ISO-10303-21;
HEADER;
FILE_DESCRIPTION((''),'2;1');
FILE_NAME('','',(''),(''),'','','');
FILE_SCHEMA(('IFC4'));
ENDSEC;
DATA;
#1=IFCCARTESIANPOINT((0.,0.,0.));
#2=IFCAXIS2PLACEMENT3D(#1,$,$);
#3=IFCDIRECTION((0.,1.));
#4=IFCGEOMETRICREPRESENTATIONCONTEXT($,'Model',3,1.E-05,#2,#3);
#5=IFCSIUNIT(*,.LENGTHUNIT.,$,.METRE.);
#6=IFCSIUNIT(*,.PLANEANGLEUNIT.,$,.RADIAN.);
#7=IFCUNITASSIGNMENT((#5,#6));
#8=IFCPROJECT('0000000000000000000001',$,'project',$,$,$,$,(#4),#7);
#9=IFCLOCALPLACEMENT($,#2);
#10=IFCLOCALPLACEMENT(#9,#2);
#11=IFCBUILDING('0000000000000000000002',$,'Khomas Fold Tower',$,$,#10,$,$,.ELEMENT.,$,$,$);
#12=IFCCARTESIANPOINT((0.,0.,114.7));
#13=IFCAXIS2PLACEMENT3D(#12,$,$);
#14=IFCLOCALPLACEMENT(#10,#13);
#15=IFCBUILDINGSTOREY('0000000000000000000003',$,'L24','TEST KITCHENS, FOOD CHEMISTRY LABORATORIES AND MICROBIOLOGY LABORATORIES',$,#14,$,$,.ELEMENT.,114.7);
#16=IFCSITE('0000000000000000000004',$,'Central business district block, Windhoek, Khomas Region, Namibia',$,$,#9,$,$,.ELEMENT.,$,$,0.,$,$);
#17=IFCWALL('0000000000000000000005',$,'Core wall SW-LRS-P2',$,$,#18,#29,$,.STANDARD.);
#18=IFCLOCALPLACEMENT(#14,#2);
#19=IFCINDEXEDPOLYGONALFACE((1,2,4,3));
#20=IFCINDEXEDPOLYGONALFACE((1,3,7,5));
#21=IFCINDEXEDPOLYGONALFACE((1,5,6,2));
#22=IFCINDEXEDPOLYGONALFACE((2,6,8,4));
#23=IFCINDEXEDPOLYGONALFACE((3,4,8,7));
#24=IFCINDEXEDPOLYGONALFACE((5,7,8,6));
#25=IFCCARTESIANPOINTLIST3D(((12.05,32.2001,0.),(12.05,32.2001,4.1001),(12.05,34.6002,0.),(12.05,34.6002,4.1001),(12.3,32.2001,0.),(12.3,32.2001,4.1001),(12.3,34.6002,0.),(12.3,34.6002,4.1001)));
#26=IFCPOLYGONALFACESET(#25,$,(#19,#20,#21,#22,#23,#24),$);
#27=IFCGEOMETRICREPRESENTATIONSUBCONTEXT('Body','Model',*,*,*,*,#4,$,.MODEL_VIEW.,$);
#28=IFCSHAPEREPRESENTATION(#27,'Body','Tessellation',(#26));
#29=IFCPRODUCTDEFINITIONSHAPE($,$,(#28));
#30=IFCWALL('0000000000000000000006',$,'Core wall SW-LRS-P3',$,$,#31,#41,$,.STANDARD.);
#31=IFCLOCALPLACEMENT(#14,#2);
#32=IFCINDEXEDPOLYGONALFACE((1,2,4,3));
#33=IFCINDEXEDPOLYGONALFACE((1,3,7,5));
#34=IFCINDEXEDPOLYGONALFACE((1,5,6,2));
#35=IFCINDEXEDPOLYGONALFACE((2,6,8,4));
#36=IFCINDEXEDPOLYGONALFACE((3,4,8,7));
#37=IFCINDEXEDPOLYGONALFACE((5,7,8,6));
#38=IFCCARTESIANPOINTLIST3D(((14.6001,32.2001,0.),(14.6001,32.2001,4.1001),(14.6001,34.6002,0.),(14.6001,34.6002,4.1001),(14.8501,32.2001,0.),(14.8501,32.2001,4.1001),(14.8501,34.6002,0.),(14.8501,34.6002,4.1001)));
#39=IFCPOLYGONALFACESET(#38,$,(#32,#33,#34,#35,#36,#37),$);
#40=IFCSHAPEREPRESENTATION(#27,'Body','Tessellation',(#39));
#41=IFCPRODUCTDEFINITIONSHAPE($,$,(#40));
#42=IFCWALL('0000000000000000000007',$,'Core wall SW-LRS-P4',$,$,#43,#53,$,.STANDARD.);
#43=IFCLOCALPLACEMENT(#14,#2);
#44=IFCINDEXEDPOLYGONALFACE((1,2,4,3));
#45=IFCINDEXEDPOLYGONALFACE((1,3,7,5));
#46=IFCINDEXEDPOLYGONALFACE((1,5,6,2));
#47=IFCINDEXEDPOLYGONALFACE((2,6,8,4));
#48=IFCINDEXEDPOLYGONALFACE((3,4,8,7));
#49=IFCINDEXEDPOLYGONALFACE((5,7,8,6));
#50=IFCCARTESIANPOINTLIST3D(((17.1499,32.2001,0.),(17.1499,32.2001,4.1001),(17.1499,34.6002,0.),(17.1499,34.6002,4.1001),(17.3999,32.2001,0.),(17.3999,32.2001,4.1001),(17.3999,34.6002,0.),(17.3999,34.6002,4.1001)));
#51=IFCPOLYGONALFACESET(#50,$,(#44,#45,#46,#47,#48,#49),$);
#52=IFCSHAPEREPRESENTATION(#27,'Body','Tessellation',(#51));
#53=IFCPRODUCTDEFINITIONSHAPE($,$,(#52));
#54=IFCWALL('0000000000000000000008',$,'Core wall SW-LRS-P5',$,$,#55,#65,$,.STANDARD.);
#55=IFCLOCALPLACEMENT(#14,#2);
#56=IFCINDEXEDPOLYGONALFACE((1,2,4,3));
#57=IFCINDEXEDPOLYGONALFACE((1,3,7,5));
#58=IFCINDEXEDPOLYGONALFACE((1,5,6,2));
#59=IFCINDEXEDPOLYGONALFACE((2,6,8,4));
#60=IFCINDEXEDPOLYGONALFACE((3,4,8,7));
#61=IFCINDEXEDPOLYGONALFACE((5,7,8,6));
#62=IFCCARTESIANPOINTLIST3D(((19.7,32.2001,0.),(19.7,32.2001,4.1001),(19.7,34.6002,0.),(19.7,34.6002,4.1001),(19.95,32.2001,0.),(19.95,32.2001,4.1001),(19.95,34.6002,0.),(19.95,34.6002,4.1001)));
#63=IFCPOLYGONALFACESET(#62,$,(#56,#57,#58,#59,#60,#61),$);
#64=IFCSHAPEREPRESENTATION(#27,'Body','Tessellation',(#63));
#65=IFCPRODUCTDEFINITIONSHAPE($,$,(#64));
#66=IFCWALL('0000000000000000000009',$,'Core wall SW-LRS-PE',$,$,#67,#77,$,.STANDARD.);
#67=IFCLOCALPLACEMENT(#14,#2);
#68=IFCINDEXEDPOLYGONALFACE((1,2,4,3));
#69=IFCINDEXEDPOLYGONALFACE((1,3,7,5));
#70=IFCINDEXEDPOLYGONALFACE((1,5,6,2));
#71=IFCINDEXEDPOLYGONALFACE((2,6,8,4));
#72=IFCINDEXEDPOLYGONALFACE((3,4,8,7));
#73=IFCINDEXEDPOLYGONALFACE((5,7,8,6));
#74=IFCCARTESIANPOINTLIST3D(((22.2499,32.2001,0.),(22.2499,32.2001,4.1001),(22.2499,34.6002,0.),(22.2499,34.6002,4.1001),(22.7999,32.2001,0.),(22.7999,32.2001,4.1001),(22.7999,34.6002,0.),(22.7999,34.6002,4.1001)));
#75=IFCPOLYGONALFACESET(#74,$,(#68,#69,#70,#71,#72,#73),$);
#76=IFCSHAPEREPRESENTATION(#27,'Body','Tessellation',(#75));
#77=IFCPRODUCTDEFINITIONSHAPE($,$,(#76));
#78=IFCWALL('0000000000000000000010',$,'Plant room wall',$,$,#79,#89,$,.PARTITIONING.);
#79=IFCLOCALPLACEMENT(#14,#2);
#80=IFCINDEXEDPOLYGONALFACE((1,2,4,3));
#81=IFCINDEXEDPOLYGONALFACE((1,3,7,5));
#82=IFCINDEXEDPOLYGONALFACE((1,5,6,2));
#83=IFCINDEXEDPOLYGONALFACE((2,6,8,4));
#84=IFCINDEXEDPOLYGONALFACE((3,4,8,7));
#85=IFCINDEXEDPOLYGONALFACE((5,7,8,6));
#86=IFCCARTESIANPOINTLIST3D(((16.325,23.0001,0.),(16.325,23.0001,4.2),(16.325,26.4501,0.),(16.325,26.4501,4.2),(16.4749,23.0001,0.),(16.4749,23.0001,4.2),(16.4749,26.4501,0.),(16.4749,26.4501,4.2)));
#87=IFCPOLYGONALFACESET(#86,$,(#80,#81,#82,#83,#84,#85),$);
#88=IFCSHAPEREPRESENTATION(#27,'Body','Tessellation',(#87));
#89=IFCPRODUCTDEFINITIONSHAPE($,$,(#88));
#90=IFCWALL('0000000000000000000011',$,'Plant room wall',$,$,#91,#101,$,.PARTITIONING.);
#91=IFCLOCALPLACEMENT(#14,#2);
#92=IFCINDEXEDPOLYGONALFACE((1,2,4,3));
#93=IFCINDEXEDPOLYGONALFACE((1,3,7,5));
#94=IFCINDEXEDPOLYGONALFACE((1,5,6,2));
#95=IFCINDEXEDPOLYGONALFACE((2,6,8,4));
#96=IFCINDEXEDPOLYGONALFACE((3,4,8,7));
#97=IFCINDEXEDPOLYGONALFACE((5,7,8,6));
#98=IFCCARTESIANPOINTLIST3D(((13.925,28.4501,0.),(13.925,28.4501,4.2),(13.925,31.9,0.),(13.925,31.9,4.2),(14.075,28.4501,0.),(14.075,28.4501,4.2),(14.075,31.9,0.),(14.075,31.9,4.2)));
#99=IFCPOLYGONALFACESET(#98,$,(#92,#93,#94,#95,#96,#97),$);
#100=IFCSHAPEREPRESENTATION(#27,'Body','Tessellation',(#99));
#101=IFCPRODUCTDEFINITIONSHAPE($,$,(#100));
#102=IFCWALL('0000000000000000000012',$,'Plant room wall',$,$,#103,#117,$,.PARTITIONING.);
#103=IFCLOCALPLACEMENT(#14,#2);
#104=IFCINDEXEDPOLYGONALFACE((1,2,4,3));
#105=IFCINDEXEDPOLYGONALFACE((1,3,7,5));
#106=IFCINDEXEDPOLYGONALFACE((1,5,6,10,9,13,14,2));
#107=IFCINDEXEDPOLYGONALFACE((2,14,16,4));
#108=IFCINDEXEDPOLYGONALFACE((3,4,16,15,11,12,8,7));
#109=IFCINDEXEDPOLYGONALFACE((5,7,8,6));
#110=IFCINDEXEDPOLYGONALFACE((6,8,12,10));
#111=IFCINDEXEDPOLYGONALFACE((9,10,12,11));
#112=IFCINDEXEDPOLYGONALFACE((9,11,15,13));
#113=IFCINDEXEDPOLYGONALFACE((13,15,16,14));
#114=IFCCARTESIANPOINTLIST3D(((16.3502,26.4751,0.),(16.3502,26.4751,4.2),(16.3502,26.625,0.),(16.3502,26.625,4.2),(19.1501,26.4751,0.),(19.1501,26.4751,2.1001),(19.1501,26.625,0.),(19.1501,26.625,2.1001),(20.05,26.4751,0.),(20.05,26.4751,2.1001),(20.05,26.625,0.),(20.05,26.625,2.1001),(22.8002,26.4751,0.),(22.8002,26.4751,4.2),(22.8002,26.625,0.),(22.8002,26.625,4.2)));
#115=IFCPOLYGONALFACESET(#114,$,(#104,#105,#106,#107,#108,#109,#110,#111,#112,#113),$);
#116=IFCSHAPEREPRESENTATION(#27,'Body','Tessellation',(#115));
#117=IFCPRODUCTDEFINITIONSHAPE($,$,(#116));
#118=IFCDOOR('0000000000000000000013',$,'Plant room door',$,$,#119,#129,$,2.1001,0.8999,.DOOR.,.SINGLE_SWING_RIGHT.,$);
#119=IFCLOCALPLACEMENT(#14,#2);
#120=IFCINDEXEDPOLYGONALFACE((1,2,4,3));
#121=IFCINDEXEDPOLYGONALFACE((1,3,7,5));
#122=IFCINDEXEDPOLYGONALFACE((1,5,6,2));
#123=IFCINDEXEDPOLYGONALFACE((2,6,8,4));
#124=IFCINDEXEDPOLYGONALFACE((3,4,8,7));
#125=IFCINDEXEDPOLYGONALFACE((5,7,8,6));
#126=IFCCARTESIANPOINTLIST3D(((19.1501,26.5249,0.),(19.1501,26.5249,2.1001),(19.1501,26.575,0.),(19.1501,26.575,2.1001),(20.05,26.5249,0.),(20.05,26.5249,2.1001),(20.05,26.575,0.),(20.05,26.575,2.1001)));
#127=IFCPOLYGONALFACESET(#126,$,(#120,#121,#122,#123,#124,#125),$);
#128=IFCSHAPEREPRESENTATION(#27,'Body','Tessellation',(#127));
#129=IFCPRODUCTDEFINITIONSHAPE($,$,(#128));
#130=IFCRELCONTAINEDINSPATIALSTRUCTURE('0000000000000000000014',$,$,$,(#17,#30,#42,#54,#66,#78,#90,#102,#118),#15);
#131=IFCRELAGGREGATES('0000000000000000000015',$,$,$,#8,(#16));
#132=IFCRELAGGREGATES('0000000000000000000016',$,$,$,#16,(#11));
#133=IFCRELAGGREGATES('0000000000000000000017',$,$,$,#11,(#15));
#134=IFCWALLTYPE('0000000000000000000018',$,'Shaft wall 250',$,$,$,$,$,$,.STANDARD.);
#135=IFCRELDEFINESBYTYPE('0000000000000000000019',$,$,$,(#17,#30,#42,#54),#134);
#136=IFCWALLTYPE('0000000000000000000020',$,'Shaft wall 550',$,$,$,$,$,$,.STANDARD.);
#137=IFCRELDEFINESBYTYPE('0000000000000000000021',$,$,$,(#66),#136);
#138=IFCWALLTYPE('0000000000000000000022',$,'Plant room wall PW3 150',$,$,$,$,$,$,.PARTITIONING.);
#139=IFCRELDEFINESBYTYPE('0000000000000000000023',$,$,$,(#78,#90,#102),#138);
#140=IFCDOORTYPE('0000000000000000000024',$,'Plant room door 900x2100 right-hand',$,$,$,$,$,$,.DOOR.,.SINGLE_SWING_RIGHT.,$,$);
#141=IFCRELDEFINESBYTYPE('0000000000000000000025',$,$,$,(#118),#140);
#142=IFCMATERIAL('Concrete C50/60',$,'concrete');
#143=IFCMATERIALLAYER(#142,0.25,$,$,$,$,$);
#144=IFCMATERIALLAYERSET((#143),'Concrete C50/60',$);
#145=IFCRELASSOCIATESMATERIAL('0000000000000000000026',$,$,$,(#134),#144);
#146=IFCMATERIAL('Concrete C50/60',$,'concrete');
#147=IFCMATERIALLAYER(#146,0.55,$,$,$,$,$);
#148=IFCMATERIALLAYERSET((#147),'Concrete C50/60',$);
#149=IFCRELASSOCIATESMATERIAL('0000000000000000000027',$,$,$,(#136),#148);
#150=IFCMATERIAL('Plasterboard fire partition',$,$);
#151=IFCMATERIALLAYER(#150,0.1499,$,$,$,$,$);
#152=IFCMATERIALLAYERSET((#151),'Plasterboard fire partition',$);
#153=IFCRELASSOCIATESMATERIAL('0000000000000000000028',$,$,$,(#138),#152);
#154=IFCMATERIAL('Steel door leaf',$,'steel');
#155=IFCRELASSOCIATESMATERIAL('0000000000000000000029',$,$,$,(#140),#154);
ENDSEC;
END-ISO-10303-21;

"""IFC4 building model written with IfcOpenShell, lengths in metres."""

from ifc_helpers import new_model, si_unit, direction, frame, frame_2d, origin, place, context, subcontext, project, spatial, rectangle, extrude, source, transform, mapped, material, layer, layer_set, type_object, element, fill, save


model = new_model("IFC4")

# Units and contexts
model_context = context("Model", 3, precision=1e-05, world=origin(), true_north=direction((0.0, 1.0)))
body_context = subcontext(model_context, "Body", "Model", "MODEL_VIEW")
ifc_project = project(units=[si_unit("LENGTHUNIT", "METRE"), si_unit("PLANEANGLEUNIT", "RADIAN")], contexts=[model_context])

# Site, building, storey
site_placement = place(None, origin())
site = spatial("IfcSite", under=ifc_project, at=site_placement, Name="Central business district block, Windhoek, Khomas Region, Namibia", CompositionType="ELEMENT", RefElevation=0.0)
building_placement = place(site_placement, origin())
building = spatial("IfcBuilding", under=site, at=building_placement, Name="Khomas Fold Tower", CompositionType="ELEMENT")
storey_placement = place(building_placement, frame((0.0, 0.0, 114.7)))
storey = spatial("IfcBuildingStorey", under=building, at=storey_placement, Name="L24", Description="TEST KITCHENS, FOOD CHEMISTRY LABORATORIES AND MICROBIOLOGY LABORATORIES", CompositionType="ELEMENT", Elevation=114.7)

# Walls
ifc_material_1 = material(Name="Concrete C50/60", Category="concrete")
ifc_layer_1 = layer(ifc_material_1, 0.25)
ifc_layer_set_1 = layer_set([ifc_layer_1], Name="Concrete C50/60")
wall_type_1 = type_object("IfcWallType", Name="Shaft wall 250", PredefinedType="STANDARD", material=ifc_layer_set_1)
shared_shape_1 = source(origin(), body_context, "Body", "SweptSolid", [
    extrude(rectangle(XDim=2.4001, YDim=0.25, at=frame_2d((1.2002, 0.0))), origin(), (0.0, 0.0, 1.0), 4.1001),
])
for number, where, z_axis, x_axis, name in (
    (1, (12.175, 32.2, 0.0), (0.0, 0.0, 1.0), (0.0, 1.0, 0.0), "Core wall SW-LRS-P2"),
    (2, (14.7251, 32.2, 0.0), (0.0, 0.0, 1.0), (0.0, 1.0, 0.0), "Core wall SW-LRS-P3"),
    (3, (17.2749, 32.2, 0.0), (0.0, 0.0, 1.0), (0.0, 1.0, 0.0), "Core wall SW-LRS-P4"),
    (4, (19.825, 32.2, 0.0), (0.0, 0.0, 1.0), (0.0, 1.0, 0.0), "Core wall SW-LRS-P5"),
):
    element("IfcWall", number, at=place(storey_placement, frame(where, z_axis=z_axis, x_axis=x_axis)), inside=storey, type_object=wall_type_1, Name=name, PredefinedType="STANDARD", context=body_context, shape_type="MappedRepresentation", body=[
        mapped(shared_shape_1, transform((0.0, 0.0, 0.0))),
    ])
ifc_material_2 = material(Name="Concrete C50/60", Category="concrete")
ifc_layer_2 = layer(ifc_material_2, 0.55)
ifc_layer_set_2 = layer_set([ifc_layer_2], Name="Concrete C50/60")
wall_type_2 = type_object("IfcWallType", Name="Shaft wall 550", PredefinedType="STANDARD", material=ifc_layer_set_2)
shared_shape_2 = source(origin(), body_context, "Body", "SweptSolid", [
    extrude(rectangle(XDim=2.4001, YDim=0.55, at=frame_2d((1.2002, 0.0))), origin(), (0.0, 0.0, 1.0), 4.1001),
])
wall_1_placement = place(storey_placement, frame((22.5249, 32.2, 0.0), z_axis=(0.0, 0.0, 1.0), x_axis=(0.0, 1.0, 0.0)))
element("IfcWall", 5, at=wall_1_placement, inside=storey, type_object=wall_type_2, Name="Core wall SW-LRS-PE", PredefinedType="STANDARD", context=body_context, shape_type="MappedRepresentation", body=[
    mapped(shared_shape_2, transform((0.0, 0.0, 0.0))),
])
ifc_material_3 = material(Name="Plasterboard fire partition")
ifc_layer_3 = layer(ifc_material_3, 0.1499)
ifc_layer_set_3 = layer_set([ifc_layer_3], Name="Plasterboard fire partition")
wall_type_3 = type_object("IfcWallType", Name="Plant room wall PW3 150", PredefinedType="PARTITIONING", material=ifc_layer_set_3)
shared_shape_3 = source(origin(), body_context, "Body", "SweptSolid", [
    extrude(rectangle(XDim=3.45, YDim=0.1499, at=frame_2d((1.7251, 0.0))), origin(), (0.0, 0.0, 1.0), 4.2),
])
for number, where, z_axis, x_axis, name in (
    (6, (16.3999, 23.0, 0.0), (0.0, 0.0, 1.0), (0.0, 1.0, 0.0), "Plant room wall"),
    (7, (14.0, 28.45, 0.0), (0.0, 0.0, 1.0), (0.0, 1.0, 0.0), "Plant room wall"),
):
    element("IfcWall", number, at=place(storey_placement, frame(where, z_axis=z_axis, x_axis=x_axis)), inside=storey, type_object=wall_type_3, Name=name, PredefinedType="PARTITIONING", context=body_context, shape_type="MappedRepresentation", body=[
        mapped(shared_shape_3, transform((0.0, 0.0, 0.0))),
    ])

# Wall, opening, door
shared_shape_4 = source(origin(), body_context, "Body", "SweptSolid", [
    extrude(rectangle(XDim=6.45, YDim=0.1499, at=frame_2d((3.2251, 0.0))), origin(), (0.0, 0.0, 1.0), 4.2),
])
wall_2_placement = place(storey_placement, frame((16.3501, 26.55, 0.0), z_axis=(0.0, 0.0, 1.0), x_axis=(1.0, 0.0, 0.0)))
wall_2 = element("IfcWall", 8, at=wall_2_placement, inside=storey, type_object=wall_type_3, Name="Plant room wall", PredefinedType="PARTITIONING", context=body_context, shape_type="MappedRepresentation", body=[
    mapped(shared_shape_4, transform((0.0, 0.0, 0.0))),
])
shared_shape_5 = source(origin(), body_context, "Body", "SweptSolid", [
    extrude(rectangle(XDim=0.8999, YDim=2.1001, at=frame_2d((0.45, 1.05))), frame((0.0, 0.085, 0.0), z_axis=(0.0, -1.0, 0.0), x_axis=(1.0, 0.0, 0.0)), (0.0, 0.0, 1.0), 0.1699),
])
opening_placement = place(wall_2_placement, frame((2.8, 0.0, 0.0)))
opening = element("IfcOpeningElement", 9, at=opening_placement, cuts=wall_2, PredefinedType="OPENING", context=body_context, shape_type="MappedRepresentation", body=[
    mapped(shared_shape_5, transform((0.0, 0.0, 0.0))),
])
ifc_material_4 = material(Name="Steel door leaf", Category="steel")
door_type = type_object("IfcDoorType", Name="Plant room door 900x2100 right-hand", OperationType="SINGLE_SWING_RIGHT", PredefinedType="DOOR", material=ifc_material_4)
shared_shape_6 = source(origin(), body_context, "Body", "SweptSolid", [
    extrude(rectangle(XDim=0.8999, YDim=2.1001, at=frame_2d((0.45, 1.05))), frame((0.0, 0.0249, 0.0), z_axis=(0.0, -1.0, 0.0), x_axis=(1.0, 0.0, 0.0)), (0.0, 0.0, 1.0), 0.05),
])
door_placement = place(opening_placement, origin())
door = element("IfcDoor", 10, at=door_placement, inside=storey, type_object=door_type, Name="Plant room door", OperationType="SINGLE_SWING_RIGHT", OverallHeight=2.1001, OverallWidth=0.8999, PredefinedType="DOOR", context=body_context, shape_type="MappedRepresentation", body=[
    mapped(shared_shape_6, transform((0.0, 0.0, 0.0))),
])
fill(opening, door)

save(model, "model.ifc")
